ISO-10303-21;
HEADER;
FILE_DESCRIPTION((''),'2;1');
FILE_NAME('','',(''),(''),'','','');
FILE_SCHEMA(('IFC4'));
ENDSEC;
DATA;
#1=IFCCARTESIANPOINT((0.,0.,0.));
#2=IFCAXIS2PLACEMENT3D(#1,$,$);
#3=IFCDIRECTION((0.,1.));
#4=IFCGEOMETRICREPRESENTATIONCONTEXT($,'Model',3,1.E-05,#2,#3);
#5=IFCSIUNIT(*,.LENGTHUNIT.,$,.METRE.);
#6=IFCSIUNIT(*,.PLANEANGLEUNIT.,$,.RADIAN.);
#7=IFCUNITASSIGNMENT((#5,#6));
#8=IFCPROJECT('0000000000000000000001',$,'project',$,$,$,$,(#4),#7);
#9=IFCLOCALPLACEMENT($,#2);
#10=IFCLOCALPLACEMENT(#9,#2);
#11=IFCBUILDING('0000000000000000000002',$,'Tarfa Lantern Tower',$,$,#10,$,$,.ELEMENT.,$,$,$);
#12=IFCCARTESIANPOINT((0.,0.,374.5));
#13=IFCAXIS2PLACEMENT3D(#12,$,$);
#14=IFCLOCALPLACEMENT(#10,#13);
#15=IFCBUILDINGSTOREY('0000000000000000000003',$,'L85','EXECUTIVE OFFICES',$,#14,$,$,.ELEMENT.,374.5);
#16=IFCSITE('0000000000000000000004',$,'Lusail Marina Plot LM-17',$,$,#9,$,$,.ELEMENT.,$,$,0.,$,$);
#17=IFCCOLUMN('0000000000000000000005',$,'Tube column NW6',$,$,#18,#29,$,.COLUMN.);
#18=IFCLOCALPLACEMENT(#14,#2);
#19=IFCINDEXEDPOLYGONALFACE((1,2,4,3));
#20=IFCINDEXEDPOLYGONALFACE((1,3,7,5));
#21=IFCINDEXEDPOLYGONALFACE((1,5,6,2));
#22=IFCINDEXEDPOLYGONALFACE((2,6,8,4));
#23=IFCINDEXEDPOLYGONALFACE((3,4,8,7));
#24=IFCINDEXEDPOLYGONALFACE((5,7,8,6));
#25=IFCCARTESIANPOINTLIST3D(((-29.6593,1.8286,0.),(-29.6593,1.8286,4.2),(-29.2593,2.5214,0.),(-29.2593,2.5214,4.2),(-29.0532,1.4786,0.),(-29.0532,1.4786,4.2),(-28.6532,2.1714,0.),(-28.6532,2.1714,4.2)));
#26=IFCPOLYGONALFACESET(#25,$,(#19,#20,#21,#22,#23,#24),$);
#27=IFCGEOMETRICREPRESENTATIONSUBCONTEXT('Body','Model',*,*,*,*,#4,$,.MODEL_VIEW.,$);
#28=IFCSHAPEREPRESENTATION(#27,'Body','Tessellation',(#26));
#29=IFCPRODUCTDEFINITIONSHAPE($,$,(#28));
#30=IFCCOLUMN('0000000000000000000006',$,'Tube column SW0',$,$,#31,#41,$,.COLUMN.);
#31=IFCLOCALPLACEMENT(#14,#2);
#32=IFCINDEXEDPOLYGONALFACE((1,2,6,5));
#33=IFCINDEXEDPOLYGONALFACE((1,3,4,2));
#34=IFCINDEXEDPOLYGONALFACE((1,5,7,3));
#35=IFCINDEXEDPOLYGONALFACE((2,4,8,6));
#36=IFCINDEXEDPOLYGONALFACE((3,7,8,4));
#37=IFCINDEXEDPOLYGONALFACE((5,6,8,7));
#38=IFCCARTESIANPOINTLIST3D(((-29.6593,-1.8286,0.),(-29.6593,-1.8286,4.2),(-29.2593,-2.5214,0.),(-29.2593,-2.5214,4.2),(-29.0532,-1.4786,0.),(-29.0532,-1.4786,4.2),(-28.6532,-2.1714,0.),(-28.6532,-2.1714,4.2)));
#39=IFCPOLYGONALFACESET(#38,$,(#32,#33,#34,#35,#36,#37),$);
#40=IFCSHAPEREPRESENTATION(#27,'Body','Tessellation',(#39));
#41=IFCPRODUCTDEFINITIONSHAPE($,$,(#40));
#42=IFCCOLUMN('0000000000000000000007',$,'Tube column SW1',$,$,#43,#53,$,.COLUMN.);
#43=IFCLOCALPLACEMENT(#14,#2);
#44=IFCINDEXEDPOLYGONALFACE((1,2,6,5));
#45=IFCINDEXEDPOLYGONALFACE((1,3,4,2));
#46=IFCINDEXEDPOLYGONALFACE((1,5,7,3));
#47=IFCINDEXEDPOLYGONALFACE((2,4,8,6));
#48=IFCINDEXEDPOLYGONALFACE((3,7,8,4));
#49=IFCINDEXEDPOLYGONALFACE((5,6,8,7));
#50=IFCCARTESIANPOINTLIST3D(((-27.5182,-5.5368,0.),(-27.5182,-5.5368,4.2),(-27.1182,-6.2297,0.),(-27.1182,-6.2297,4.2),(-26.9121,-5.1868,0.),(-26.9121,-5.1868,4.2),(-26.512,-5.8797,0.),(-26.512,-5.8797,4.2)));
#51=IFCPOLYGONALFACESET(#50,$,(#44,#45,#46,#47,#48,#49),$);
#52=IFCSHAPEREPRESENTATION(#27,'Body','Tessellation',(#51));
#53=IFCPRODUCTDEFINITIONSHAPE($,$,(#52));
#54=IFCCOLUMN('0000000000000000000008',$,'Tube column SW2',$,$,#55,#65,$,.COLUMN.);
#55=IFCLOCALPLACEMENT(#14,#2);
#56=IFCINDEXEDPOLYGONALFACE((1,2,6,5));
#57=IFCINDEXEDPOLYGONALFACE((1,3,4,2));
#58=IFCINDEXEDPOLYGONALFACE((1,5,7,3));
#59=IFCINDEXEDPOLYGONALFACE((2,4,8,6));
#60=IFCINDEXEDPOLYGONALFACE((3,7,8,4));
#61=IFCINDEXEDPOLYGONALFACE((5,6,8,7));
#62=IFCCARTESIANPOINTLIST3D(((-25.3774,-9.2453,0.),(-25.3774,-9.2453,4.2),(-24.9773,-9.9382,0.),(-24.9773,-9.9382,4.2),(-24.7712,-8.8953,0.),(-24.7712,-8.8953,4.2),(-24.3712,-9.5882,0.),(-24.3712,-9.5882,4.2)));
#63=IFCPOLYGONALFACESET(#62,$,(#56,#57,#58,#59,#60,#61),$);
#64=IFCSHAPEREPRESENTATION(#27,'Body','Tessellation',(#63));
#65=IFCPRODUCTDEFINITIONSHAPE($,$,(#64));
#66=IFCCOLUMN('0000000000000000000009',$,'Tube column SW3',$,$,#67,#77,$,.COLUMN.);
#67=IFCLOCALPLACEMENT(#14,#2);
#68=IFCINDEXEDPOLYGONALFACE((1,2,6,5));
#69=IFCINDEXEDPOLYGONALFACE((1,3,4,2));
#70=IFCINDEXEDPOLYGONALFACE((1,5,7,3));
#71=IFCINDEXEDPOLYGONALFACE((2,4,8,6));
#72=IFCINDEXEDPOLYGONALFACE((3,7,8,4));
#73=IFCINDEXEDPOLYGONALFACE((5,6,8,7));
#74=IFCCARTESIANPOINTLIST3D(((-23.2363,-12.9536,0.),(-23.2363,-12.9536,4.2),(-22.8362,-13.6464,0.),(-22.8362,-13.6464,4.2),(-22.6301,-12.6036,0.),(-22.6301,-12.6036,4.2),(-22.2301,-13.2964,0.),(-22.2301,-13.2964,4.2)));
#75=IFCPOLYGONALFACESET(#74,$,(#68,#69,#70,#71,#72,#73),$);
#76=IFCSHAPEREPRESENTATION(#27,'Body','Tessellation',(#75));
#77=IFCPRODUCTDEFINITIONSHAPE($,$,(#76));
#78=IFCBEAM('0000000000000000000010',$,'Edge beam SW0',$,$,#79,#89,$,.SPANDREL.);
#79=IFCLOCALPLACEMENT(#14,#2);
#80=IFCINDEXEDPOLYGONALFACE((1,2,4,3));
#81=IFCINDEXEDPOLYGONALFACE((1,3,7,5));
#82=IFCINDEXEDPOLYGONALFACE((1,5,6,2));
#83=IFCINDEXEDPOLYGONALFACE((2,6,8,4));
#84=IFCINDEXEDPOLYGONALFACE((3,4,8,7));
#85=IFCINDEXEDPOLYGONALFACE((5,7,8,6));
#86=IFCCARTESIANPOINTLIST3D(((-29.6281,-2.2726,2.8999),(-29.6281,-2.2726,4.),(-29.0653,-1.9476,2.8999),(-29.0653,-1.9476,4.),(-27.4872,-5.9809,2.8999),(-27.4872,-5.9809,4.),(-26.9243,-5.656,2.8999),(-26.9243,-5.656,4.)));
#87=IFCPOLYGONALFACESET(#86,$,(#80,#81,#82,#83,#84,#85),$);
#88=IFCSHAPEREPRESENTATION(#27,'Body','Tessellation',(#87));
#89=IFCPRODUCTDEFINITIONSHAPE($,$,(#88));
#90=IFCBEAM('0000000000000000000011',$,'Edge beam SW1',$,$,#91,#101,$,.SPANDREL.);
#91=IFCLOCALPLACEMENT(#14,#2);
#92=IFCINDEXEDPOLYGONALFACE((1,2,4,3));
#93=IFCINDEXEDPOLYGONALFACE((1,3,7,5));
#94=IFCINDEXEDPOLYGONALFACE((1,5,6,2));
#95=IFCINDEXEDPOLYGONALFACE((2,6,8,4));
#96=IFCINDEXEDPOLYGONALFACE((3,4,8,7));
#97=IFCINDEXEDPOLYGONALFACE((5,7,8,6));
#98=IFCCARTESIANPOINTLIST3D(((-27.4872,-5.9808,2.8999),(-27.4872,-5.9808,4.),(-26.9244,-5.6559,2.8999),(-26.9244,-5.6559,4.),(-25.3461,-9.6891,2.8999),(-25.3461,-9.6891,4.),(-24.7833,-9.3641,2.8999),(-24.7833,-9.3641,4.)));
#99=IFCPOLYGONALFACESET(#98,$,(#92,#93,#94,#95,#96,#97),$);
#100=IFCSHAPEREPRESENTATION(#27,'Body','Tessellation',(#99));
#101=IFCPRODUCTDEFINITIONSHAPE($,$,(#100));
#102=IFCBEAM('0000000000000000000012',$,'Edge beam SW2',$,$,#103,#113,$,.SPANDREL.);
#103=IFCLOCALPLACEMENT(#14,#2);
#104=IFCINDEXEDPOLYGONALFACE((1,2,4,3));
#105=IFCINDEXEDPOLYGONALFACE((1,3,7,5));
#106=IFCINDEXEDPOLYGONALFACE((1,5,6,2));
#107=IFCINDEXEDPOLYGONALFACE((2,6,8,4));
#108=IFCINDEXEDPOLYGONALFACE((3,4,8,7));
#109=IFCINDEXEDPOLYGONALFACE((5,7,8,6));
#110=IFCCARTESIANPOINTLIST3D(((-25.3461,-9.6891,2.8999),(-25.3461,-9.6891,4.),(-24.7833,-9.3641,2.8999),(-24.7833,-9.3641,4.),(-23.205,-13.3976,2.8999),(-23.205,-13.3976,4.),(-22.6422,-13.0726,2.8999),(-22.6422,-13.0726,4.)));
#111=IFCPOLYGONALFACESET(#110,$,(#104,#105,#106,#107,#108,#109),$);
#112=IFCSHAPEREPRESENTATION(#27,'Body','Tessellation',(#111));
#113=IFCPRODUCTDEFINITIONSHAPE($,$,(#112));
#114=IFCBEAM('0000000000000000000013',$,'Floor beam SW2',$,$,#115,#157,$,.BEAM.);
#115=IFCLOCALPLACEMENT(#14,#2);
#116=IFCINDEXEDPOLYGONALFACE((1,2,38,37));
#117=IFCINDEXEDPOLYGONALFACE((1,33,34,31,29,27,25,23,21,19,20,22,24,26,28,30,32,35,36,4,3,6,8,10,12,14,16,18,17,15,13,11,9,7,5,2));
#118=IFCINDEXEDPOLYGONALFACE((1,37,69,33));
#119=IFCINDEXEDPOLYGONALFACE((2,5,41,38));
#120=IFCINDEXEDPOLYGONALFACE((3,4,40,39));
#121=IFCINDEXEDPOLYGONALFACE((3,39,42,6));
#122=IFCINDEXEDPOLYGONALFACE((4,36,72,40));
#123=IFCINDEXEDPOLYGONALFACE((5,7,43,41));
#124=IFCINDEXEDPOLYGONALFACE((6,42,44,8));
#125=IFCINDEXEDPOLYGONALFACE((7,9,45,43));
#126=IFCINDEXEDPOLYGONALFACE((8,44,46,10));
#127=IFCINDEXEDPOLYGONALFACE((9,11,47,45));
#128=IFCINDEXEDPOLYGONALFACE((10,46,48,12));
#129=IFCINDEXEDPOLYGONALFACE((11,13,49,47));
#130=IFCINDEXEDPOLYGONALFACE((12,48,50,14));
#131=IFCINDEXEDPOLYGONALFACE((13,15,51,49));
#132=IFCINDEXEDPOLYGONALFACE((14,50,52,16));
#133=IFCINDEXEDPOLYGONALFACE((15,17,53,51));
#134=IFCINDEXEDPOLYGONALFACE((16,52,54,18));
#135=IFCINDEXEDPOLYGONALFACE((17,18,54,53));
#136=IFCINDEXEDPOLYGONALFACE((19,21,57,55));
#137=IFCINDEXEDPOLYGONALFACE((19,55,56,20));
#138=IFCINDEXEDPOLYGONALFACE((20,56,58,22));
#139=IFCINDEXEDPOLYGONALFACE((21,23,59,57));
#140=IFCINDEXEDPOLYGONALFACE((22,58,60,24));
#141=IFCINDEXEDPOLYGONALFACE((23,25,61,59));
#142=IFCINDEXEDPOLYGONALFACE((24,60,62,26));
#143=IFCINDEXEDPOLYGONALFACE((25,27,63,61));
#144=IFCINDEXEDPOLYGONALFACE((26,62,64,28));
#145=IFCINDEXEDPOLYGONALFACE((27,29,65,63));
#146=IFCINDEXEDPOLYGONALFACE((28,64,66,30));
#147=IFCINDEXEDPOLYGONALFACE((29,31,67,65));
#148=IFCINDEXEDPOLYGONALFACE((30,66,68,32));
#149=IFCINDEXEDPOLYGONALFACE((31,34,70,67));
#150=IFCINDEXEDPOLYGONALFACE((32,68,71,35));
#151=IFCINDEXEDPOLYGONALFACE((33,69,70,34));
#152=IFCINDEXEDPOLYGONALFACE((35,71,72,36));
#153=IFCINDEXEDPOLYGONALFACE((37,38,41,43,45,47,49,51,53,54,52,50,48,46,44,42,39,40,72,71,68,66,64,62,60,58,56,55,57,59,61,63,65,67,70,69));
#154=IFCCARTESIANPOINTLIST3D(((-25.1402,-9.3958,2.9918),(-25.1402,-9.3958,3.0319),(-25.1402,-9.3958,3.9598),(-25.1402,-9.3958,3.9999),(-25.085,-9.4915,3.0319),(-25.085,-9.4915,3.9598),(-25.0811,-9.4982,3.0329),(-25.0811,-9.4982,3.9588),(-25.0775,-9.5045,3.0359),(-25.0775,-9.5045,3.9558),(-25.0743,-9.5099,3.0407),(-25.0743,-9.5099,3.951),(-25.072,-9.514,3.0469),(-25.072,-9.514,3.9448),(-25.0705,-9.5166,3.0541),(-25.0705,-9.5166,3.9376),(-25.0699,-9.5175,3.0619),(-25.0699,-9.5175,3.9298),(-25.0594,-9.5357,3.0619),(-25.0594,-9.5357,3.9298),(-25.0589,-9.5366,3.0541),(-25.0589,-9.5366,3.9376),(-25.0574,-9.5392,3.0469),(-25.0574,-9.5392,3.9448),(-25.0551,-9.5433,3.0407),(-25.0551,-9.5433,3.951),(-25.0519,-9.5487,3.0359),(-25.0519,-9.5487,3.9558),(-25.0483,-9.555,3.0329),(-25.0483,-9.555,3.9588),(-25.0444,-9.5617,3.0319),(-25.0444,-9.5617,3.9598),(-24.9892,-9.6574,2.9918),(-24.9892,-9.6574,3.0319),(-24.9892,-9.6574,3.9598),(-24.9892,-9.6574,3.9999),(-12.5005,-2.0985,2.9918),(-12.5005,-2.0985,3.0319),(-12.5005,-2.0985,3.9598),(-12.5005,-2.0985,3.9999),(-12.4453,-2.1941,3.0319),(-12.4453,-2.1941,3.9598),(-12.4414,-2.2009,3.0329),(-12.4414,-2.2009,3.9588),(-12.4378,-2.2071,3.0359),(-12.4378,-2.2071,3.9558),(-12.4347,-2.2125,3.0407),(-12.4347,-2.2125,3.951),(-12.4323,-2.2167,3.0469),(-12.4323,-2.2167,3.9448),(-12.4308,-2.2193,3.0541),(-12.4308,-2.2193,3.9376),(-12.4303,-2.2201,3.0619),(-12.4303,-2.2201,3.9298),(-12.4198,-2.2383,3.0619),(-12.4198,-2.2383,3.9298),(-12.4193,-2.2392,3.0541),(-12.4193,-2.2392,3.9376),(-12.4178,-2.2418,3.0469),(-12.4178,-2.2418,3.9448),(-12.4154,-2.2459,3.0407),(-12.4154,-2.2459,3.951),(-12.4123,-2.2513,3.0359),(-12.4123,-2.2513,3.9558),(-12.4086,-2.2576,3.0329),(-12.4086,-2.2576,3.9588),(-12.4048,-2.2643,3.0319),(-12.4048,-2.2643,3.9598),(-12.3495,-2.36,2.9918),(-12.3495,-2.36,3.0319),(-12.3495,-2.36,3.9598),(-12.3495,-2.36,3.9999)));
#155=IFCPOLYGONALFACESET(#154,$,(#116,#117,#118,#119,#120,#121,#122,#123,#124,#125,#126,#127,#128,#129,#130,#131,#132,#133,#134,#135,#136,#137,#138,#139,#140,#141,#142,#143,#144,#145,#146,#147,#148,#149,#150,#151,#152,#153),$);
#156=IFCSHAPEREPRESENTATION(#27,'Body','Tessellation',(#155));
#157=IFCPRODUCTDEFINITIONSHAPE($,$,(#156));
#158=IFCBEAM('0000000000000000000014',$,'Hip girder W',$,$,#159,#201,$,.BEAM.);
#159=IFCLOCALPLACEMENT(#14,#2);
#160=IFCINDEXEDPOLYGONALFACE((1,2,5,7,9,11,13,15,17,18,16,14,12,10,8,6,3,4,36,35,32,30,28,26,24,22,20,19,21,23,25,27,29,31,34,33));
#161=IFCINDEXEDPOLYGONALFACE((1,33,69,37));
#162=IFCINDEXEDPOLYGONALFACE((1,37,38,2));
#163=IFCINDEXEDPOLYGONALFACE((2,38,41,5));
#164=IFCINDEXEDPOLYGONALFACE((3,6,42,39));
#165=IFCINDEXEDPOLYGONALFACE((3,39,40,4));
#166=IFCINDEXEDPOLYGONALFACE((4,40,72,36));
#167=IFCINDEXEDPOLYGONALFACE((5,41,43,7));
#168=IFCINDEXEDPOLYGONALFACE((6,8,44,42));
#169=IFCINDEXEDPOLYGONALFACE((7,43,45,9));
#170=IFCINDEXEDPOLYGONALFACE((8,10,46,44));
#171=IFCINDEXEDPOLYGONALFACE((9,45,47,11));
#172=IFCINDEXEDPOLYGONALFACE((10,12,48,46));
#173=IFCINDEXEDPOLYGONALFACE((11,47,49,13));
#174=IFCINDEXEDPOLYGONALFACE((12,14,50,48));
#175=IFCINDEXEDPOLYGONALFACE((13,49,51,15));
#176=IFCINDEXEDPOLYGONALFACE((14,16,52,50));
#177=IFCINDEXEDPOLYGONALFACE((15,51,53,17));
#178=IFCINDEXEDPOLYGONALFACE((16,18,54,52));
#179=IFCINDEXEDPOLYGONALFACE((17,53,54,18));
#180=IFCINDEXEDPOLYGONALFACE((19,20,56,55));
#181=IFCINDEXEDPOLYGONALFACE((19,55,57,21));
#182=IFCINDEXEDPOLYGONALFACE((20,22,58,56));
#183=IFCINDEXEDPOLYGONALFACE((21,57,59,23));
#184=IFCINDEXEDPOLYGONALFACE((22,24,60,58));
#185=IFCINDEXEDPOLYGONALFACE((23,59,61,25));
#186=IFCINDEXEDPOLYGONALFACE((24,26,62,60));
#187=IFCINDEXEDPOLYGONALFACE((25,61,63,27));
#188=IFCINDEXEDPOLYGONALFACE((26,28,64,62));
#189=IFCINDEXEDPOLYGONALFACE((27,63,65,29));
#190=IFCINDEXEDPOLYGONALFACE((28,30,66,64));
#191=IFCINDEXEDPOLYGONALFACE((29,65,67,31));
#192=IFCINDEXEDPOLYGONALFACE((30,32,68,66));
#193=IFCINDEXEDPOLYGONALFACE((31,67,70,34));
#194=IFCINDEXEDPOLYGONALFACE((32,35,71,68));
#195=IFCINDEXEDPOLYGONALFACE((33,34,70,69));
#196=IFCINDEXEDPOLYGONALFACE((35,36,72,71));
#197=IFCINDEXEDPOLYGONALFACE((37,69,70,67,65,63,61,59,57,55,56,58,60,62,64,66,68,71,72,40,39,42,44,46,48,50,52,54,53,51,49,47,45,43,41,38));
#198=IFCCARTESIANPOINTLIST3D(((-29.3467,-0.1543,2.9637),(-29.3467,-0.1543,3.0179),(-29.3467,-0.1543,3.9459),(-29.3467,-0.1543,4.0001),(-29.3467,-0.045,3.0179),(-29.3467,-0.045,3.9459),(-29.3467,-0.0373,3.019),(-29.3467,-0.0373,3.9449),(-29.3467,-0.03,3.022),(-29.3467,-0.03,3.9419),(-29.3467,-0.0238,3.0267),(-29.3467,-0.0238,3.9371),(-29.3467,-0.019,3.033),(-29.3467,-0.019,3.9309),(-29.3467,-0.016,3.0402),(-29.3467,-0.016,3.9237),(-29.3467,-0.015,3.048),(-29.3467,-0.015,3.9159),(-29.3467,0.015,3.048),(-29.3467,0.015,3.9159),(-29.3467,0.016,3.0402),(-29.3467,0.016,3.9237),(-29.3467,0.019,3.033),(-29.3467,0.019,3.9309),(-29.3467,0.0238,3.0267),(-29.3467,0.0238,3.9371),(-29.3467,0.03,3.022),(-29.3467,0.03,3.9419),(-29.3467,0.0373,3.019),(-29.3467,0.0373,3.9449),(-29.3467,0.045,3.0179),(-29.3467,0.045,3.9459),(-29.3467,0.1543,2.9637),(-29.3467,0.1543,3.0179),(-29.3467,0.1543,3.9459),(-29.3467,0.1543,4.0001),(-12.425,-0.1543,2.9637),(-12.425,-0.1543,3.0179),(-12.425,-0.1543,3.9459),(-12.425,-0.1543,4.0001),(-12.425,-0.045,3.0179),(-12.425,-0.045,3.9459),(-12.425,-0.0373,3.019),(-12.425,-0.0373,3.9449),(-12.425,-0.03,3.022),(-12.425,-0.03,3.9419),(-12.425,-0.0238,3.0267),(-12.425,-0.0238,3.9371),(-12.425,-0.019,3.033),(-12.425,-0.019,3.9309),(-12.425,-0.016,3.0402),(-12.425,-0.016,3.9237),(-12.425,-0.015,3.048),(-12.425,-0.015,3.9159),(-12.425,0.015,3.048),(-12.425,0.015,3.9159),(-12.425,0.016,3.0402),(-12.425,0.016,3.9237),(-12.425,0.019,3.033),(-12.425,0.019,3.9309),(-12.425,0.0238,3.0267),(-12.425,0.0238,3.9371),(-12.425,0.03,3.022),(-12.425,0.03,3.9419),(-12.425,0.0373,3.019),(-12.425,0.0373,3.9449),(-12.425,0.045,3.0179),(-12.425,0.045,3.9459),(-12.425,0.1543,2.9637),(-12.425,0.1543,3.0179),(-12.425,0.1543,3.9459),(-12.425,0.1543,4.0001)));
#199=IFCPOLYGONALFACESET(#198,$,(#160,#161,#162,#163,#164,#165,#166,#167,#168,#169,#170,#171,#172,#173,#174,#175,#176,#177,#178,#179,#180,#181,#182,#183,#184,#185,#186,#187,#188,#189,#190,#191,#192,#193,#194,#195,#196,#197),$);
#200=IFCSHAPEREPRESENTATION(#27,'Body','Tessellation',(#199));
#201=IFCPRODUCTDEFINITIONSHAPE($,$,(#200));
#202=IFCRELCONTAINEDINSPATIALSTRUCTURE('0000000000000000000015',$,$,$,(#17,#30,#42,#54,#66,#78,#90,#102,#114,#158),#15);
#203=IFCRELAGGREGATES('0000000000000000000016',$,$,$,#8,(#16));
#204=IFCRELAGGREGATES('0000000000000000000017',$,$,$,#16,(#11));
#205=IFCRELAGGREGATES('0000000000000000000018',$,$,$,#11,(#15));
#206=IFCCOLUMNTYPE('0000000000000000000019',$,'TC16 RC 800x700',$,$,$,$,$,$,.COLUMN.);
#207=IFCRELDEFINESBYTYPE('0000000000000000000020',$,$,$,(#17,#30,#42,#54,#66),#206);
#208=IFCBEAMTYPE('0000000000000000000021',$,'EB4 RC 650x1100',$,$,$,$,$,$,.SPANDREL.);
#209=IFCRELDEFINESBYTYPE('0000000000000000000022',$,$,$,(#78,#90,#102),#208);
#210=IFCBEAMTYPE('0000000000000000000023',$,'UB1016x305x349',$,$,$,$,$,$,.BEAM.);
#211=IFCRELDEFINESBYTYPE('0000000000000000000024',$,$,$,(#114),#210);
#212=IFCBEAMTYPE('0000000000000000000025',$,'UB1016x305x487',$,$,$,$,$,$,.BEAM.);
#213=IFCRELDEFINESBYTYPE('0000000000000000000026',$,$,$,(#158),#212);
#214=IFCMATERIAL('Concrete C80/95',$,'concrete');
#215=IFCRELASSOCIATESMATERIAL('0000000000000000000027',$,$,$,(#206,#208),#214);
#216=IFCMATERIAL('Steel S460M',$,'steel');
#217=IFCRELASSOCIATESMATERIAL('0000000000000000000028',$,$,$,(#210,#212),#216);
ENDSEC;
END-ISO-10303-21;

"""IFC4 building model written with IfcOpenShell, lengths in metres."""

from ifc_helpers import new_model, si_unit, direction, frame, origin, origin_2d, place, context, subcontext, project, spatial, rectangle, i_section, extrude, material, material_profile, profile_set, type_object, element, save


model = new_model("IFC4")

# Units and contexts
model_context = context("Model", 3, precision=1e-05, world=origin(), true_north=direction((0.0, 1.0)))
body_context = subcontext(model_context, "Body", "Model", "MODEL_VIEW")
ifc_project = project(units=[si_unit("LENGTHUNIT", "METRE"), si_unit("PLANEANGLEUNIT", "RADIAN")], contexts=[model_context])

# Site, building, storey
site_placement = place(None, origin())
site = spatial("IfcSite", under=ifc_project, at=site_placement, Name="Lusail Marina Plot LM-17", CompositionType="ELEMENT", RefElevation=0.0)
building_placement = place(site_placement, origin())
building = spatial("IfcBuilding", under=site, at=building_placement, Name="Tarfa Lantern Tower", CompositionType="ELEMENT")
storey_placement = place(building_placement, frame((0.0, 0.0, 374.5)))
storey = spatial("IfcBuildingStorey", under=building, at=storey_placement, Name="L85", Description="EXECUTIVE OFFICES", CompositionType="ELEMENT", Elevation=374.5)

# Columns
ifc_material_1 = material(Name="Concrete C80/95", Category="concrete")
ifc_material_profile_1 = material_profile(ifc_material_1, rectangle(XDim=0.8, YDim=0.7, at=origin_2d()), Name="RC 800x700")
ifc_profile_set_1 = profile_set([ifc_material_profile_1], Name="Concrete C80/95")
column_type = type_object("IfcColumnType", Name="TC16 RC 800x700", PredefinedType="COLUMN", material=ifc_profile_set_1)
for number, where, z_axis, x_axis, name in (
    (1, (-29.1562, 2.0, 0.0), (0.0, 0.0, 1.0), (-0.5, -0.866025, 0.0), "Tube column NW6"),
    (2, (-29.1562, -2.0, 0.0), (0.0, 0.0, 1.0), (0.5, -0.866025, 0.0), "Tube column SW0"),
    (3, (-27.0151, -5.7083, 0.0), (0.0, 0.0, 1.0), (0.5, -0.866025, 0.0), "Tube column SW1"),
    (4, (-24.8743, -9.4167, 0.0), (0.0, 0.0, 1.0), (0.5, -0.866025, 0.0), "Tube column SW2"),
    (5, (-22.7332, -13.125, 0.0), (0.0, 0.0, 1.0), (0.5, -0.866025, 0.0), "Tube column SW3"),
):
    element("IfcColumn", number, at=place(storey_placement, frame(where, z_axis=z_axis, x_axis=x_axis)), inside=storey, type_object=column_type, Name=name, PredefinedType="COLUMN", context=body_context, shape_type="SweptSolid", body=[
        extrude(rectangle(XDim=0.8, YDim=0.7, at=origin_2d()), origin(), (0.0, 0.0, 1.0), 4.2),
    ])

# Beams
ifc_material_profile_2 = material_profile(ifc_material_1, rectangle(XDim=0.6499, YDim=1.1001, at=origin_2d()), Name="RC 650x1100")
ifc_profile_set_2 = profile_set([ifc_material_profile_2], Name="Concrete C80/95")
beam_type_1 = type_object("IfcBeamType", Name="EB4 RC 650x1100", PredefinedType="SPANDREL", material=ifc_profile_set_2)
for number, where, z_axis, x_axis, name in (
    (6, (-29.3467, -2.1101, 3.45), (0.499984, -0.866035, 0.0), (0.866035, 0.499984, 0.0), "Edge beam SW0"),
    (7, (-27.2058, -5.8184, 3.45), (0.500027, -0.86601, 0.0), (0.86601, 0.500027, 0.0), "Edge beam SW1"),
):
    element("IfcBeam", number, at=place(storey_placement, frame(where, z_axis=z_axis, x_axis=x_axis)), inside=storey, type_object=beam_type_1, Name=name, PredefinedType="SPANDREL", context=body_context, shape_type="SweptSolid", body=[
        extrude(rectangle(XDim=0.6499, YDim=1.1001, at=origin_2d()), origin(), (0.0, 0.0, 1.0), 4.282),
    ])
beam_1_placement = place(storey_placement, frame((-25.0647, -9.5266, 3.45), z_axis=(0.500002, -0.866024, 0.0), x_axis=(0.866024, 0.500002, 0.0)))
element("IfcBeam", 8, at=beam_1_placement, inside=storey, type_object=beam_type_1, Name="Edge beam SW2", PredefinedType="SPANDREL", context=body_context, shape_type="SweptSolid", body=[
    extrude(rectangle(XDim=0.6499, YDim=1.1001, at=origin_2d()), origin(), (0.0, 0.0, 1.0), 4.2822),
])
ifc_material_2 = material(Name="Steel S460M", Category="steel")
ifc_material_profile_3 = material_profile(ifc_material_2, i_section(OverallWidth=0.302, OverallDepth=1.0081, WebThickness=0.021, FlangeThickness=0.04, FilletRadius=0.03, at=origin_2d()), Name="UB1016x305x349")
ifc_profile_set_3 = profile_set([ifc_material_profile_3], Name="Steel S460M")
beam_type_2 = type_object("IfcBeamType", Name="UB1016x305x349", PredefinedType="BEAM", material=ifc_profile_set_3)
beam_2_placement = place(storey_placement, frame((-25.0647, -9.5266, 3.4958), z_axis=(0.86603, 0.499993, 0.0), x_axis=(-0.499993, 0.86603, 0.0)))
element("IfcBeam", 9, at=beam_2_placement, inside=storey, type_object=beam_type_2, Name="Floor beam SW2", PredefinedType="BEAM", context=body_context, shape_type="SweptSolid", body=[
    extrude(i_section(OverallWidth=0.302, OverallDepth=1.0081, WebThickness=0.021, FlangeThickness=0.04, FilletRadius=0.03, at=origin_2d()), origin(), (0.0, 0.0, 1.0), 14.595),
])
ifc_material_profile_4 = material_profile(ifc_material_2, i_section(OverallWidth=0.3086, OverallDepth=1.0364, WebThickness=0.03, FlangeThickness=0.0542, FilletRadius=0.03, at=origin_2d()), Name="UB1016x305x487")
ifc_profile_set_4 = profile_set([ifc_material_profile_4], Name="Steel S460M")
beam_type_3 = type_object("IfcBeamType", Name="UB1016x305x487", PredefinedType="BEAM", material=ifc_profile_set_4)
beam_3_placement = place(storey_placement, frame((-12.425, 0.0, 3.4819), z_axis=(-1.0, 0.0, 0.0), x_axis=(0.0, -1.0, 0.0)))
element("IfcBeam", 10, at=beam_3_placement, inside=storey, type_object=beam_type_3, Name="Hip girder W", PredefinedType="BEAM", context=body_context, shape_type="SweptSolid", body=[
    extrude(i_section(OverallWidth=0.3086, OverallDepth=1.0364, WebThickness=0.03, FlangeThickness=0.0542, FilletRadius=0.03, at=origin_2d()), origin(), (0.0, 0.0, 1.0), 16.9216),
])

save(model, "model.ifc")
